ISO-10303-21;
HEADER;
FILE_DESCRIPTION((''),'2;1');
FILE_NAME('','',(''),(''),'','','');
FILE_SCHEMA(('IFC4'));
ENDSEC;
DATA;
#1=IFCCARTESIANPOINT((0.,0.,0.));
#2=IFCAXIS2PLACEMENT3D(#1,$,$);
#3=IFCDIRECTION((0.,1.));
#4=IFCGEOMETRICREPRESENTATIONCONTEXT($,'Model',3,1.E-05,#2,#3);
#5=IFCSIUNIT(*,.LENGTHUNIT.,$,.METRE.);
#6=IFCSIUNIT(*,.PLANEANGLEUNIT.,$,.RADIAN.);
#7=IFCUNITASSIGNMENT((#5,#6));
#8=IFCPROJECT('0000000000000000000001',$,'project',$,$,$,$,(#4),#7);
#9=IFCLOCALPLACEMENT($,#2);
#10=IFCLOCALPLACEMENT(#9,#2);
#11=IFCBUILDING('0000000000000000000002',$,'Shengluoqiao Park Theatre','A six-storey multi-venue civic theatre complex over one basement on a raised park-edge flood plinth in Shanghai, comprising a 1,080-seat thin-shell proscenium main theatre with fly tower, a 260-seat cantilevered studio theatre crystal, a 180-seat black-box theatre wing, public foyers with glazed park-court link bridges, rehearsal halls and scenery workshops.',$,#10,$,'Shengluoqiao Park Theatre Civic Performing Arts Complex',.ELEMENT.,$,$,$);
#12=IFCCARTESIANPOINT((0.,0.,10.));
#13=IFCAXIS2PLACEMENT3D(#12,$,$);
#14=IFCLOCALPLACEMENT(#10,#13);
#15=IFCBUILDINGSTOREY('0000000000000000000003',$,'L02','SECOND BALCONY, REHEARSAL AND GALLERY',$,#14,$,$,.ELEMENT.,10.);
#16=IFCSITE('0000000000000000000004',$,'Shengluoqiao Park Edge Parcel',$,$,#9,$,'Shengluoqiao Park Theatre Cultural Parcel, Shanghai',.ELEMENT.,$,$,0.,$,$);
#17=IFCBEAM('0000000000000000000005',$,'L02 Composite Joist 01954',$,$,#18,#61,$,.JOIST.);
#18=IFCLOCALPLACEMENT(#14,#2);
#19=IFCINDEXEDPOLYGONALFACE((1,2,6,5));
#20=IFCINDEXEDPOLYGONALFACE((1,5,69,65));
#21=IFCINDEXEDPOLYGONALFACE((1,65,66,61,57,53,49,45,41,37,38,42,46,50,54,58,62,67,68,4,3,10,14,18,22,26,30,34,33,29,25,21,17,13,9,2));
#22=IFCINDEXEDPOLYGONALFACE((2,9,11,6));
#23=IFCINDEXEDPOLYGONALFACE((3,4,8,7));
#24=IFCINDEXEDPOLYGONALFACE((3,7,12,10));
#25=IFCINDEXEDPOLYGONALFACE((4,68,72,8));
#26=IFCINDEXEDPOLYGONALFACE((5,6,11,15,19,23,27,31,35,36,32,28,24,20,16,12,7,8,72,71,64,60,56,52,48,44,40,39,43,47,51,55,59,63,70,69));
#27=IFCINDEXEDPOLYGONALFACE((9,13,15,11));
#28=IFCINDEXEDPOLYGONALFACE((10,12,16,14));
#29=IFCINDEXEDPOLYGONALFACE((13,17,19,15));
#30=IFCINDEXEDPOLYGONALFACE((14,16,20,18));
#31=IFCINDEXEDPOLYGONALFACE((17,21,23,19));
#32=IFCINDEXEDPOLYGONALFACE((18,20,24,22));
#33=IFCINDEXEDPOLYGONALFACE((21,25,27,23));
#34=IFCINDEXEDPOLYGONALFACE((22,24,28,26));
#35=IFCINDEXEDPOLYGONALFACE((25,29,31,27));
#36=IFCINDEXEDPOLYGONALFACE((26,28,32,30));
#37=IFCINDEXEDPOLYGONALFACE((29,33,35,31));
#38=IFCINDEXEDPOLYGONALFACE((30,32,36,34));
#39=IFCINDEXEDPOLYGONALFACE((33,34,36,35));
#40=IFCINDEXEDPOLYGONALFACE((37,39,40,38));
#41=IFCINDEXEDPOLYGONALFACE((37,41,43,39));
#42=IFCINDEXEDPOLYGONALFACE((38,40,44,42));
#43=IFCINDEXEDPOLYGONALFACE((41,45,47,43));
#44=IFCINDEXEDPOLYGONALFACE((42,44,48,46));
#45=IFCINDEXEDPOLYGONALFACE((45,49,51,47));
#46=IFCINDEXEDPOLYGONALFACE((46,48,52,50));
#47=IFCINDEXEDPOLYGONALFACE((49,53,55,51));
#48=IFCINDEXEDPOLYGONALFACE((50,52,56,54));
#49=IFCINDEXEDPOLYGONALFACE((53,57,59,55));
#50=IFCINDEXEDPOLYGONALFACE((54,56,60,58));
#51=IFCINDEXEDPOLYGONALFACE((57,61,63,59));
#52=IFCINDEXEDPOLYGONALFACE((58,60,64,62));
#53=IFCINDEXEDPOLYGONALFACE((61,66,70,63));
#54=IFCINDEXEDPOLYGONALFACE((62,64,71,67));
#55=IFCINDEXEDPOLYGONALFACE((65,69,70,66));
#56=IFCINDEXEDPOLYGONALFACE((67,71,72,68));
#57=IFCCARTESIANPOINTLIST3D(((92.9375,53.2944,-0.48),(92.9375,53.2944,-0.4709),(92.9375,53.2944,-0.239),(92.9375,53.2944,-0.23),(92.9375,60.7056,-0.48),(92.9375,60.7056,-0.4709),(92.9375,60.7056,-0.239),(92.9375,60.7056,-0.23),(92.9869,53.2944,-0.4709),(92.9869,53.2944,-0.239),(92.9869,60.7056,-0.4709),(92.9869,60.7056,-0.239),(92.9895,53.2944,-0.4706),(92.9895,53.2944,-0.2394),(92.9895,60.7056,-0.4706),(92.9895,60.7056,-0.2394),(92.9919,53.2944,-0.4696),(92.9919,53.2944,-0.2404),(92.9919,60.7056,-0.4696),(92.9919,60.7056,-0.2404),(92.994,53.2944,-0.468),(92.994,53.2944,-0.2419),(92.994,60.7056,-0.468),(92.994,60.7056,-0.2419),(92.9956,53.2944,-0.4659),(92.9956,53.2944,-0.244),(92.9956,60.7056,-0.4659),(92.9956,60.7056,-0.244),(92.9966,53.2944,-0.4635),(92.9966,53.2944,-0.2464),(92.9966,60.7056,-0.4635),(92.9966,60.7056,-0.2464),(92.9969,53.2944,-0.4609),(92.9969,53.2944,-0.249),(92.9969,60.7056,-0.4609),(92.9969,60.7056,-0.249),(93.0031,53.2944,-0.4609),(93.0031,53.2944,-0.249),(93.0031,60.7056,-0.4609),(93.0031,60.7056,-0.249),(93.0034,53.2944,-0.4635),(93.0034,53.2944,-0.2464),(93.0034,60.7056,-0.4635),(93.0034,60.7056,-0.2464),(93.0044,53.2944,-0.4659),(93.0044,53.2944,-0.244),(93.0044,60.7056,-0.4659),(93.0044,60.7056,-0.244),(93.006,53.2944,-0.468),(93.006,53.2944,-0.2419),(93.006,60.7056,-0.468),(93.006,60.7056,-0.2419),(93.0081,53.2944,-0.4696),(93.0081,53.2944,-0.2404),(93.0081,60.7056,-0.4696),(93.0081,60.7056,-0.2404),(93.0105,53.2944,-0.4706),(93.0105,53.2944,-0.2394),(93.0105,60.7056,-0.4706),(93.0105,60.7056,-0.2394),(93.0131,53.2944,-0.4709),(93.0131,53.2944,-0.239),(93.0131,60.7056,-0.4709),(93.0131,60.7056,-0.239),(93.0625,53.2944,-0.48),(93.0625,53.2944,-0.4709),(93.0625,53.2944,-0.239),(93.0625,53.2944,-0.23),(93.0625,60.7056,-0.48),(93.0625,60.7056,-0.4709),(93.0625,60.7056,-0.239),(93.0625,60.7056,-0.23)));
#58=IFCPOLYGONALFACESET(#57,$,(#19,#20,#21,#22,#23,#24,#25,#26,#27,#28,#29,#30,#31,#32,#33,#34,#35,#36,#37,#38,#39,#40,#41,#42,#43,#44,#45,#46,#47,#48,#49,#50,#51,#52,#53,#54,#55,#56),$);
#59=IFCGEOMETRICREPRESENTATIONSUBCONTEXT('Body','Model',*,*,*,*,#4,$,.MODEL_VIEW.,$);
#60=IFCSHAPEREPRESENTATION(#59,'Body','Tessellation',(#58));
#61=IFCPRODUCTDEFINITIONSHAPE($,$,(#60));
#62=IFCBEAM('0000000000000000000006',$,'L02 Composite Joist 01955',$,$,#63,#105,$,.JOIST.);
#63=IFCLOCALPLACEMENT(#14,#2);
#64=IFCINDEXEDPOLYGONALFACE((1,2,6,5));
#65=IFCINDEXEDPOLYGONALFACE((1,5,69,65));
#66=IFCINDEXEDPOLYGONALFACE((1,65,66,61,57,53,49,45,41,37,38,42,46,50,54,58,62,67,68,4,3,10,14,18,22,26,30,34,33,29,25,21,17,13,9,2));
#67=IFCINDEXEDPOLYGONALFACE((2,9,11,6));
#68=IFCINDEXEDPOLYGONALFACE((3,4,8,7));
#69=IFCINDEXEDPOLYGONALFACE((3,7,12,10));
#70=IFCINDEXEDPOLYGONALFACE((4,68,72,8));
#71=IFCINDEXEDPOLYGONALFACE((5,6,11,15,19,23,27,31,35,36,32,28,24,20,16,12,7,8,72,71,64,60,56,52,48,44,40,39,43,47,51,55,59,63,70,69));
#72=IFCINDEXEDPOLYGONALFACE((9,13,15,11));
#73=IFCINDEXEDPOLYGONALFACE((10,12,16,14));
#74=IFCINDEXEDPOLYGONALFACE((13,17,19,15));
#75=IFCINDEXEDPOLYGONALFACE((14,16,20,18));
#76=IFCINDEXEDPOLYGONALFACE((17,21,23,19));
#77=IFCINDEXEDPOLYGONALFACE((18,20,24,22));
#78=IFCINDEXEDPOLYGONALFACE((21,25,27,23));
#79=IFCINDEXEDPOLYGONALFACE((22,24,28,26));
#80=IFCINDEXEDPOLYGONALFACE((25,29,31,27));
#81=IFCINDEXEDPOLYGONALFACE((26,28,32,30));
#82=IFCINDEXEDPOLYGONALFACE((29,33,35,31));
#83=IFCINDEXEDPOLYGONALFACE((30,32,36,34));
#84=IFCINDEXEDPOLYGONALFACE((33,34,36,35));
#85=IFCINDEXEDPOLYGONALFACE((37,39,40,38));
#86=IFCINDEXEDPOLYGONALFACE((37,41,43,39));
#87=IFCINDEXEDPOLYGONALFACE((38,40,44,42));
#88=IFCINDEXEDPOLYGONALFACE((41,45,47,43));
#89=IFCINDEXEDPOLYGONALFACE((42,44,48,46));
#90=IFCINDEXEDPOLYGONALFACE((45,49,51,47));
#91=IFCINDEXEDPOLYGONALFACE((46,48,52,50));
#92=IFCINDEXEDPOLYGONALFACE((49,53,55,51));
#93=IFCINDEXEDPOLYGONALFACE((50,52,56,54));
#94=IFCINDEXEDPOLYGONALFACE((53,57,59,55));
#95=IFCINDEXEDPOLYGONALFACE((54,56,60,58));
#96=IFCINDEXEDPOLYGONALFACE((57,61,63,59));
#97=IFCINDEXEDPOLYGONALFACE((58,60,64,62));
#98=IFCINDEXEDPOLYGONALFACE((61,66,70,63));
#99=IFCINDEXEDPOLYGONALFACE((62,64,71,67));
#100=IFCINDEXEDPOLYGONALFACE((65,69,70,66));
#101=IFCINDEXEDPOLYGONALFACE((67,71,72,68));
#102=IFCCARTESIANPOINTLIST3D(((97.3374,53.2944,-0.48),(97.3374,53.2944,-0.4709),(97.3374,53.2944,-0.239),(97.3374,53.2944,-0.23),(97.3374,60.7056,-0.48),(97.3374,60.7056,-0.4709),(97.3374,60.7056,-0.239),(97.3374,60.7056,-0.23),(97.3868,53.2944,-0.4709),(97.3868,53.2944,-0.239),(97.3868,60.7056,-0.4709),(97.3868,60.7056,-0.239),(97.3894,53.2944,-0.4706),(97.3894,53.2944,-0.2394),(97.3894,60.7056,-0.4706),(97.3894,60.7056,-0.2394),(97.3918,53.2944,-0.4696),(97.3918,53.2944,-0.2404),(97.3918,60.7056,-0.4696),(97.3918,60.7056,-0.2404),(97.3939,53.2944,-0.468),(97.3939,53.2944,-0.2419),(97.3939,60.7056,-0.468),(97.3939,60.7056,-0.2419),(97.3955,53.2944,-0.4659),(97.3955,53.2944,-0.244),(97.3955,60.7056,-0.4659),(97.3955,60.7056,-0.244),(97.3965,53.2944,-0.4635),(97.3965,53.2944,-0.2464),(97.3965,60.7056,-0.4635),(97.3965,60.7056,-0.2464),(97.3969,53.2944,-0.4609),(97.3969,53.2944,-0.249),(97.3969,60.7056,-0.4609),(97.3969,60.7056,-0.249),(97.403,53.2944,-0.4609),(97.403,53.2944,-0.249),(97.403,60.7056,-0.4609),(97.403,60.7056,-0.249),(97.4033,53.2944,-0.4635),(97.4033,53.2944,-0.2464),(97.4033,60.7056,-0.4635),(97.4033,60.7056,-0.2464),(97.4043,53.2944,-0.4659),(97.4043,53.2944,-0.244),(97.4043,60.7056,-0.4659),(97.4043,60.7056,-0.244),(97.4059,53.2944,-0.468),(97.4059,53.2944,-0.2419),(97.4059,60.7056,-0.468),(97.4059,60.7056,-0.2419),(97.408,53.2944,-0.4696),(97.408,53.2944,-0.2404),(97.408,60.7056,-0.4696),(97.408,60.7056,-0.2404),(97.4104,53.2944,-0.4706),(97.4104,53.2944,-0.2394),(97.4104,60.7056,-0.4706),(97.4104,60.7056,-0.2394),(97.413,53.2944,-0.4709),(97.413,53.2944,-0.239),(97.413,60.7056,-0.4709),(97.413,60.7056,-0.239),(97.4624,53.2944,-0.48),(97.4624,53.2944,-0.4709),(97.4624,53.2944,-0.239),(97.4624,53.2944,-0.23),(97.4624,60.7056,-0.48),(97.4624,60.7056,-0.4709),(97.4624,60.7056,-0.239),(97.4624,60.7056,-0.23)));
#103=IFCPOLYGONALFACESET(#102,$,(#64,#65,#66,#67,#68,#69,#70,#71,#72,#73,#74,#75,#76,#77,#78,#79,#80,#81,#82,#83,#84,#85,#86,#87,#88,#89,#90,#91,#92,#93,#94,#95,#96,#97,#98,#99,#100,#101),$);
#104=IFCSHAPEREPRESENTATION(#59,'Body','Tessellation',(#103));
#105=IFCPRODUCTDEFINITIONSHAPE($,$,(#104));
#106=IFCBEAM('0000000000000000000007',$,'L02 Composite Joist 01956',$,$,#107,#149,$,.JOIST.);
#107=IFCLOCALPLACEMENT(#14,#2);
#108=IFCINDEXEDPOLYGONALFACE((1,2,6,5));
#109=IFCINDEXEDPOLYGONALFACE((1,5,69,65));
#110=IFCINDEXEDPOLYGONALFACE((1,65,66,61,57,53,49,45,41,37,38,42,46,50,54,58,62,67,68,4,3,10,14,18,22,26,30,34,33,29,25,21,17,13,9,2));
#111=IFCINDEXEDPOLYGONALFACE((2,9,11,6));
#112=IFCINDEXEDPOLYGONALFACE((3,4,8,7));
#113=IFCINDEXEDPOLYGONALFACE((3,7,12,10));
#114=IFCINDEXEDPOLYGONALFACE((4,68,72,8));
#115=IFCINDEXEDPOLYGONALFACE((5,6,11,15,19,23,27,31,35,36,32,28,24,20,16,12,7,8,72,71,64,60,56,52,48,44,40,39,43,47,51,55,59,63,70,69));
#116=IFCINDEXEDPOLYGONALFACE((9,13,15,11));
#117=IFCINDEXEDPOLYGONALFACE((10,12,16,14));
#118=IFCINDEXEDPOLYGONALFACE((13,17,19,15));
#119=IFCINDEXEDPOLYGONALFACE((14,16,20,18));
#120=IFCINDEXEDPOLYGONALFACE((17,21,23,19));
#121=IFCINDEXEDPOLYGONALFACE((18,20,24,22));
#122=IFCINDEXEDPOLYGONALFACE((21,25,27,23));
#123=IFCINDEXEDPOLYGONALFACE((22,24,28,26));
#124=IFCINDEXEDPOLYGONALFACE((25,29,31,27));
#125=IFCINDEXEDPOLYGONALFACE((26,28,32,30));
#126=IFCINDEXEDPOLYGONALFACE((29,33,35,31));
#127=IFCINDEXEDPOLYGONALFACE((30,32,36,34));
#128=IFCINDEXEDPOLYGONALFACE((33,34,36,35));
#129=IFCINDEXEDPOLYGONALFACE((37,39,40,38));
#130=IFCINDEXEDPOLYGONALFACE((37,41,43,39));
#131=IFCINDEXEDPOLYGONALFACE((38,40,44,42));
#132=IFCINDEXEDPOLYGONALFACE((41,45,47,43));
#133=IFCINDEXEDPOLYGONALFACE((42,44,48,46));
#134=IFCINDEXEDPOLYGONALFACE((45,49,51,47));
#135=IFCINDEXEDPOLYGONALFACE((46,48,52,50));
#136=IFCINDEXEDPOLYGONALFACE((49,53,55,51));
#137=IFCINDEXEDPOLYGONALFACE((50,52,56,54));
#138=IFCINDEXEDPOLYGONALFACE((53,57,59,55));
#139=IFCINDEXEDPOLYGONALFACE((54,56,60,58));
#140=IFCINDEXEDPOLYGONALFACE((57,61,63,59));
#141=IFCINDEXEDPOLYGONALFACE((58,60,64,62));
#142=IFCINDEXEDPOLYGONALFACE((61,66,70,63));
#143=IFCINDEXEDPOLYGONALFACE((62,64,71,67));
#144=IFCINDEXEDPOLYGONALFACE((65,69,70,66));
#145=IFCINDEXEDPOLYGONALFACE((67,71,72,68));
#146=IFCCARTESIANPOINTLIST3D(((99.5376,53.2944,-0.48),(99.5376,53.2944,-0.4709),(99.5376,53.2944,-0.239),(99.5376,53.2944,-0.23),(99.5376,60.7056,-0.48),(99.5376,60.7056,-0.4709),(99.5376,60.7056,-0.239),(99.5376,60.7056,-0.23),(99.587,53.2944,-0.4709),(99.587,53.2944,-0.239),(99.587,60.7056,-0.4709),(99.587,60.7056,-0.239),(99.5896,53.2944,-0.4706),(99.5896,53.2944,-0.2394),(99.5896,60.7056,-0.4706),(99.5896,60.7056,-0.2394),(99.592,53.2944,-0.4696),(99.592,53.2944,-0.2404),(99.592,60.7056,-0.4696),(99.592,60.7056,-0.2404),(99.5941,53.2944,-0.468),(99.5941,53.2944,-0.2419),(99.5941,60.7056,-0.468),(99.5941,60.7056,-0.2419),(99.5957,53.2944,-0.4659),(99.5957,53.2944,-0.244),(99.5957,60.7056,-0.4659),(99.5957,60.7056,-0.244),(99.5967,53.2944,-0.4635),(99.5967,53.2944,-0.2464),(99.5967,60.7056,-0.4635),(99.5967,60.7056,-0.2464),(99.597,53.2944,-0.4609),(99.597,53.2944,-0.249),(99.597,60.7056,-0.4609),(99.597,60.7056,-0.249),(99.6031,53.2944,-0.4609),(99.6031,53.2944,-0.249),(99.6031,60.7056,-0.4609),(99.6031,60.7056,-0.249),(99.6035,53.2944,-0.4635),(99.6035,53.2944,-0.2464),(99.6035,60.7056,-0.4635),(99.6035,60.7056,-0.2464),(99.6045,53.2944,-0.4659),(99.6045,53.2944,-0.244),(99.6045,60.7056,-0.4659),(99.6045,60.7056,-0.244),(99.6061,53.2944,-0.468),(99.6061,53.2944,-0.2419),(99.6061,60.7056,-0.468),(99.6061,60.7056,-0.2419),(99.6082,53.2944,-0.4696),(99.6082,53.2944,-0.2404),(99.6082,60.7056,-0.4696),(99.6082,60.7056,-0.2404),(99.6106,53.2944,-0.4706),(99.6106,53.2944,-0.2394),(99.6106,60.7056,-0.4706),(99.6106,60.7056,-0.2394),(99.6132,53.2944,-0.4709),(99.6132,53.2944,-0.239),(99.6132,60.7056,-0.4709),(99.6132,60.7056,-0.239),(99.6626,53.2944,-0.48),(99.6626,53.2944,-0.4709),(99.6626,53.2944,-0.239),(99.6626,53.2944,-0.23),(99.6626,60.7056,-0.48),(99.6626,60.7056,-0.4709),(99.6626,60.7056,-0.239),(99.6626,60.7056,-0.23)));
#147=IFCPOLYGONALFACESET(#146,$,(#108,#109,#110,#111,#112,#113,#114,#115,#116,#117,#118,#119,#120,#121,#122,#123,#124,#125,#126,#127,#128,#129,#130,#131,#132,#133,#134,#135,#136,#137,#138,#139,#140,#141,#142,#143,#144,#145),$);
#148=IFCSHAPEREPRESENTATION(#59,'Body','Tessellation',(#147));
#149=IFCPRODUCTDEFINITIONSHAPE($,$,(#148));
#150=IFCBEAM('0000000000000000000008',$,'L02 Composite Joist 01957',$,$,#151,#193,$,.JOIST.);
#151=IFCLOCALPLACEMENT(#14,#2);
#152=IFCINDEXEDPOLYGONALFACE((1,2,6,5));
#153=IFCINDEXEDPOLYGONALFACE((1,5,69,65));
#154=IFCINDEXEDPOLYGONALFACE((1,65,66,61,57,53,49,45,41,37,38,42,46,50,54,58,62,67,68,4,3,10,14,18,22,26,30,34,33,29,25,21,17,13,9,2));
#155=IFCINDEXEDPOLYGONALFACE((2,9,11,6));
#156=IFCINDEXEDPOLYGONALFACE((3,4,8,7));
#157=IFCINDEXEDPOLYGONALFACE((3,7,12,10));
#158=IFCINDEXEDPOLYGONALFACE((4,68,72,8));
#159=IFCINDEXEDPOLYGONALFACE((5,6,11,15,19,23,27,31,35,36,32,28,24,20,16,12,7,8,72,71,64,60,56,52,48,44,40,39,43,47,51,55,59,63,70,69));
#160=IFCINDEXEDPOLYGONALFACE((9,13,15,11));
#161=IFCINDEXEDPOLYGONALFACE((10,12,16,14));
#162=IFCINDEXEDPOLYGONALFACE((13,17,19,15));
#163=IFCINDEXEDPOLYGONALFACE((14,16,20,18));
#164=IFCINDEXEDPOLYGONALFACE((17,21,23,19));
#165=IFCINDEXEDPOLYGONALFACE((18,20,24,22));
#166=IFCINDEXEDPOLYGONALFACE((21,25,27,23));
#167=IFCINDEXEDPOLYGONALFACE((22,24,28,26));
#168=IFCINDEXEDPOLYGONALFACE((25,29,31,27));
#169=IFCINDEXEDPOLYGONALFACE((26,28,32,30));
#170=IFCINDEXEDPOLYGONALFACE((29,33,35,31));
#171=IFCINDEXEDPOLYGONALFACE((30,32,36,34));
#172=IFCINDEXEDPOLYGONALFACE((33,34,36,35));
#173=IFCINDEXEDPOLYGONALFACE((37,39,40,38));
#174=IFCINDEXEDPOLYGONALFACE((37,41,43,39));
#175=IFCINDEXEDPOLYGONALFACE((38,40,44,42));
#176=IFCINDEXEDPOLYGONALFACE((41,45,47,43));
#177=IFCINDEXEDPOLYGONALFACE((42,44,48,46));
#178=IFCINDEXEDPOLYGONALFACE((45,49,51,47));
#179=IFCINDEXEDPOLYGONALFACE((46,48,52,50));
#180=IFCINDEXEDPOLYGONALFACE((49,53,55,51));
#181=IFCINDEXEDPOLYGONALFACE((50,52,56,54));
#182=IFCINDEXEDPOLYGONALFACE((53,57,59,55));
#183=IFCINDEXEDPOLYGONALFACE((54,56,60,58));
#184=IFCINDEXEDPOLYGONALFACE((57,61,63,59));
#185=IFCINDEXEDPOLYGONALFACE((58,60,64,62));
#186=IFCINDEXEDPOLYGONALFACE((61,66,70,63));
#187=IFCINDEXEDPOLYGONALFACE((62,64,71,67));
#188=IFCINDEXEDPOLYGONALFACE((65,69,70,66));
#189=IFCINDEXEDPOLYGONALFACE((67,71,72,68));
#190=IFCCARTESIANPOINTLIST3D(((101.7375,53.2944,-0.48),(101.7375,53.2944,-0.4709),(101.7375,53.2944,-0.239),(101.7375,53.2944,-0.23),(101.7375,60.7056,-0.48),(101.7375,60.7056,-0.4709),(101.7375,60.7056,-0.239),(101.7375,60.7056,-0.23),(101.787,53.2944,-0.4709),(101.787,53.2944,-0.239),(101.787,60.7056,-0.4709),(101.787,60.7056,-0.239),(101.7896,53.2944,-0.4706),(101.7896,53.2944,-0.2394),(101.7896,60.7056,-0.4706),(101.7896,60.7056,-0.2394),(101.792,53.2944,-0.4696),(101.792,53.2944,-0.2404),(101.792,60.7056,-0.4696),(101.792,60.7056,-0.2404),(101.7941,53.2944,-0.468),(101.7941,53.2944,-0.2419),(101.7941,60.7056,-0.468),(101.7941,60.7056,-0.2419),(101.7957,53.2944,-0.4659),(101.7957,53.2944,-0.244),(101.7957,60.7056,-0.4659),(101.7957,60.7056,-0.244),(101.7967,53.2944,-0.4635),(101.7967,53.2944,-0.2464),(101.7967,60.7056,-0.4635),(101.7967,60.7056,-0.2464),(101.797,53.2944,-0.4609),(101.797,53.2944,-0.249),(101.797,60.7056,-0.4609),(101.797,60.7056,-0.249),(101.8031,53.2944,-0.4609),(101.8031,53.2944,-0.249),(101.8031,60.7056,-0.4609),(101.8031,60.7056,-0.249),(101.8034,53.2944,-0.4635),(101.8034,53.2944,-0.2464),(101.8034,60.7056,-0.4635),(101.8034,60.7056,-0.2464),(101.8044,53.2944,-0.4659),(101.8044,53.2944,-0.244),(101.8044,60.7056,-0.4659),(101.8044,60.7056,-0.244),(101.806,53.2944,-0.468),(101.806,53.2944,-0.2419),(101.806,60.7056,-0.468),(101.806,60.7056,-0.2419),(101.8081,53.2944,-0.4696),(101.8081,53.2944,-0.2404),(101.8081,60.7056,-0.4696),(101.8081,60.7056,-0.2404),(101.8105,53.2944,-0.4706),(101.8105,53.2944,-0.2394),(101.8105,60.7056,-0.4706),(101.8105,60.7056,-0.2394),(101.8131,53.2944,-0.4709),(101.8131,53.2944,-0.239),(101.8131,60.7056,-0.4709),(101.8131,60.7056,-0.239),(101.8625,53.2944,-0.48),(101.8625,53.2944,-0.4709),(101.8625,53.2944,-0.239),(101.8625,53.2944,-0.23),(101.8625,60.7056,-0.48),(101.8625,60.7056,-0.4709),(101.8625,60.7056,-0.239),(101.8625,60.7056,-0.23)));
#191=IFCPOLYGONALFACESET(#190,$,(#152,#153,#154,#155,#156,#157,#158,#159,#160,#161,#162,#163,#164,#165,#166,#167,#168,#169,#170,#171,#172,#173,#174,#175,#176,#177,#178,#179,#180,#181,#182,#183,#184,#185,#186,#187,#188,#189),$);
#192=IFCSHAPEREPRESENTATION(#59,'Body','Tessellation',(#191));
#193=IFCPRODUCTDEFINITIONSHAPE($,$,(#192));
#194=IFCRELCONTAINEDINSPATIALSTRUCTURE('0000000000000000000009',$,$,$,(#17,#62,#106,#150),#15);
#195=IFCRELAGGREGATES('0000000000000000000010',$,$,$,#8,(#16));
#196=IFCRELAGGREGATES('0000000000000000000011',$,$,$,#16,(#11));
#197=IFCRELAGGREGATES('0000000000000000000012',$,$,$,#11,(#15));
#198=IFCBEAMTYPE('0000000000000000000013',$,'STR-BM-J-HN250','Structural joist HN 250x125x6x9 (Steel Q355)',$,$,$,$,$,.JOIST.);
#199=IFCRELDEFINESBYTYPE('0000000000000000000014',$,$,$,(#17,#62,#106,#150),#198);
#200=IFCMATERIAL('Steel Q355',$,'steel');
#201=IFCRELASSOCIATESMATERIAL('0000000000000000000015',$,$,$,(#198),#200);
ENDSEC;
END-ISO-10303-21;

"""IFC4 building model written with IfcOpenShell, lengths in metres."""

from ifc_helpers import new_model, si_unit, direction, frame, origin, origin_2d, place, context, subcontext, project, spatial, i_section, extrude, material, material_profile, profile_set, type_object, element, save


model = new_model("IFC4")

# Units and contexts
model_context = context("Model", 3, precision=1e-05, world=origin(), true_north=direction((0.0, 1.0)))
body_context = subcontext(model_context, "Body", "Model", "MODEL_VIEW")
ifc_project = project(units=[si_unit("LENGTHUNIT", "METRE"), si_unit("PLANEANGLEUNIT", "RADIAN")], contexts=[model_context])

# Site, building, storey
site_placement = place(None, origin())
site = spatial("IfcSite", under=ifc_project, at=site_placement, Name="Shengluoqiao Park Edge Parcel", LongName="Shengluoqiao Park Theatre Cultural Parcel, Shanghai", CompositionType="ELEMENT", RefElevation=0.0)
building_placement = place(site_placement, origin())
building = spatial("IfcBuilding", under=site, at=building_placement, Name="Shengluoqiao Park Theatre", Description="A six-storey multi-venue civic theatre complex over one basement on a raised park-edge flood plinth in Shanghai, comprising a 1,080-seat thin-shell proscenium main theatre with fly tower, a 260-seat cantilevered studio theatre crystal, a 180-seat black-box theatre wing, public foyers with glazed park-court link bridges, rehearsal halls and scenery workshops.", LongName="Shengluoqiao Park Theatre Civic Performing Arts Complex", CompositionType="ELEMENT")
storey_placement = place(building_placement, frame((0.0, 0.0, 10.0)))
storey = spatial("IfcBuildingStorey", under=building, at=storey_placement, Name="L02", Description="SECOND BALCONY, REHEARSAL AND GALLERY", CompositionType="ELEMENT", Elevation=10.0)

# Beams
ifc_material_1 = material(Name="Steel Q355", Category="steel")
ifc_material_profile_1 = material_profile(ifc_material_1, i_section(OverallWidth=0.125, OverallDepth=0.25, WebThickness=0.0061, FlangeThickness=0.009, FilletRadius=0.01, at=origin_2d()), Name="HN 250x125x6x9")
ifc_profile_set_1 = profile_set([ifc_material_profile_1], Name="Steel Q355")
beam_type_1 = type_object("IfcBeamType", Name="STR-BM-J-HN250", Description="Structural joist HN 250x125x6x9 (Steel Q355)", PredefinedType="JOIST", material=ifc_profile_set_1)
for number, where, z_axis, x_axis, name in (
    (1, (93.0, 53.2944, -0.355), (0.0, 1.0, 0.0), (-1.0, 0.0, 0.0), "L02 Composite Joist 01954"),
    (2, (97.3999, 53.2944, -0.355), (0.0, 1.0, 0.0), (-1.0, 0.0, 0.0), "L02 Composite Joist 01955"),
    (3, (99.6001, 53.2944, -0.355), (0.0, 1.0, 0.0), (-1.0, 0.0, 0.0), "L02 Composite Joist 01956"),
    (4, (101.8, 53.2944, -0.355), (0.0, 1.0, 0.0), (-1.0, 0.0, 0.0), "L02 Composite Joist 01957"),
):
    element("IfcBeam", number, at=place(storey_placement, frame(where, z_axis=z_axis, x_axis=x_axis)), inside=storey, type_object=beam_type_1, Name=name, PredefinedType="JOIST", context=body_context, shape_type="SweptSolid", body=[
        extrude(i_section(OverallWidth=0.125, OverallDepth=0.25, WebThickness=0.0061, FlangeThickness=0.009, FilletRadius=0.01, at=origin_2d()), origin(), (0.0, 0.0, 1.0), 7.4111),
    ])

save(model, "model.ifc")
